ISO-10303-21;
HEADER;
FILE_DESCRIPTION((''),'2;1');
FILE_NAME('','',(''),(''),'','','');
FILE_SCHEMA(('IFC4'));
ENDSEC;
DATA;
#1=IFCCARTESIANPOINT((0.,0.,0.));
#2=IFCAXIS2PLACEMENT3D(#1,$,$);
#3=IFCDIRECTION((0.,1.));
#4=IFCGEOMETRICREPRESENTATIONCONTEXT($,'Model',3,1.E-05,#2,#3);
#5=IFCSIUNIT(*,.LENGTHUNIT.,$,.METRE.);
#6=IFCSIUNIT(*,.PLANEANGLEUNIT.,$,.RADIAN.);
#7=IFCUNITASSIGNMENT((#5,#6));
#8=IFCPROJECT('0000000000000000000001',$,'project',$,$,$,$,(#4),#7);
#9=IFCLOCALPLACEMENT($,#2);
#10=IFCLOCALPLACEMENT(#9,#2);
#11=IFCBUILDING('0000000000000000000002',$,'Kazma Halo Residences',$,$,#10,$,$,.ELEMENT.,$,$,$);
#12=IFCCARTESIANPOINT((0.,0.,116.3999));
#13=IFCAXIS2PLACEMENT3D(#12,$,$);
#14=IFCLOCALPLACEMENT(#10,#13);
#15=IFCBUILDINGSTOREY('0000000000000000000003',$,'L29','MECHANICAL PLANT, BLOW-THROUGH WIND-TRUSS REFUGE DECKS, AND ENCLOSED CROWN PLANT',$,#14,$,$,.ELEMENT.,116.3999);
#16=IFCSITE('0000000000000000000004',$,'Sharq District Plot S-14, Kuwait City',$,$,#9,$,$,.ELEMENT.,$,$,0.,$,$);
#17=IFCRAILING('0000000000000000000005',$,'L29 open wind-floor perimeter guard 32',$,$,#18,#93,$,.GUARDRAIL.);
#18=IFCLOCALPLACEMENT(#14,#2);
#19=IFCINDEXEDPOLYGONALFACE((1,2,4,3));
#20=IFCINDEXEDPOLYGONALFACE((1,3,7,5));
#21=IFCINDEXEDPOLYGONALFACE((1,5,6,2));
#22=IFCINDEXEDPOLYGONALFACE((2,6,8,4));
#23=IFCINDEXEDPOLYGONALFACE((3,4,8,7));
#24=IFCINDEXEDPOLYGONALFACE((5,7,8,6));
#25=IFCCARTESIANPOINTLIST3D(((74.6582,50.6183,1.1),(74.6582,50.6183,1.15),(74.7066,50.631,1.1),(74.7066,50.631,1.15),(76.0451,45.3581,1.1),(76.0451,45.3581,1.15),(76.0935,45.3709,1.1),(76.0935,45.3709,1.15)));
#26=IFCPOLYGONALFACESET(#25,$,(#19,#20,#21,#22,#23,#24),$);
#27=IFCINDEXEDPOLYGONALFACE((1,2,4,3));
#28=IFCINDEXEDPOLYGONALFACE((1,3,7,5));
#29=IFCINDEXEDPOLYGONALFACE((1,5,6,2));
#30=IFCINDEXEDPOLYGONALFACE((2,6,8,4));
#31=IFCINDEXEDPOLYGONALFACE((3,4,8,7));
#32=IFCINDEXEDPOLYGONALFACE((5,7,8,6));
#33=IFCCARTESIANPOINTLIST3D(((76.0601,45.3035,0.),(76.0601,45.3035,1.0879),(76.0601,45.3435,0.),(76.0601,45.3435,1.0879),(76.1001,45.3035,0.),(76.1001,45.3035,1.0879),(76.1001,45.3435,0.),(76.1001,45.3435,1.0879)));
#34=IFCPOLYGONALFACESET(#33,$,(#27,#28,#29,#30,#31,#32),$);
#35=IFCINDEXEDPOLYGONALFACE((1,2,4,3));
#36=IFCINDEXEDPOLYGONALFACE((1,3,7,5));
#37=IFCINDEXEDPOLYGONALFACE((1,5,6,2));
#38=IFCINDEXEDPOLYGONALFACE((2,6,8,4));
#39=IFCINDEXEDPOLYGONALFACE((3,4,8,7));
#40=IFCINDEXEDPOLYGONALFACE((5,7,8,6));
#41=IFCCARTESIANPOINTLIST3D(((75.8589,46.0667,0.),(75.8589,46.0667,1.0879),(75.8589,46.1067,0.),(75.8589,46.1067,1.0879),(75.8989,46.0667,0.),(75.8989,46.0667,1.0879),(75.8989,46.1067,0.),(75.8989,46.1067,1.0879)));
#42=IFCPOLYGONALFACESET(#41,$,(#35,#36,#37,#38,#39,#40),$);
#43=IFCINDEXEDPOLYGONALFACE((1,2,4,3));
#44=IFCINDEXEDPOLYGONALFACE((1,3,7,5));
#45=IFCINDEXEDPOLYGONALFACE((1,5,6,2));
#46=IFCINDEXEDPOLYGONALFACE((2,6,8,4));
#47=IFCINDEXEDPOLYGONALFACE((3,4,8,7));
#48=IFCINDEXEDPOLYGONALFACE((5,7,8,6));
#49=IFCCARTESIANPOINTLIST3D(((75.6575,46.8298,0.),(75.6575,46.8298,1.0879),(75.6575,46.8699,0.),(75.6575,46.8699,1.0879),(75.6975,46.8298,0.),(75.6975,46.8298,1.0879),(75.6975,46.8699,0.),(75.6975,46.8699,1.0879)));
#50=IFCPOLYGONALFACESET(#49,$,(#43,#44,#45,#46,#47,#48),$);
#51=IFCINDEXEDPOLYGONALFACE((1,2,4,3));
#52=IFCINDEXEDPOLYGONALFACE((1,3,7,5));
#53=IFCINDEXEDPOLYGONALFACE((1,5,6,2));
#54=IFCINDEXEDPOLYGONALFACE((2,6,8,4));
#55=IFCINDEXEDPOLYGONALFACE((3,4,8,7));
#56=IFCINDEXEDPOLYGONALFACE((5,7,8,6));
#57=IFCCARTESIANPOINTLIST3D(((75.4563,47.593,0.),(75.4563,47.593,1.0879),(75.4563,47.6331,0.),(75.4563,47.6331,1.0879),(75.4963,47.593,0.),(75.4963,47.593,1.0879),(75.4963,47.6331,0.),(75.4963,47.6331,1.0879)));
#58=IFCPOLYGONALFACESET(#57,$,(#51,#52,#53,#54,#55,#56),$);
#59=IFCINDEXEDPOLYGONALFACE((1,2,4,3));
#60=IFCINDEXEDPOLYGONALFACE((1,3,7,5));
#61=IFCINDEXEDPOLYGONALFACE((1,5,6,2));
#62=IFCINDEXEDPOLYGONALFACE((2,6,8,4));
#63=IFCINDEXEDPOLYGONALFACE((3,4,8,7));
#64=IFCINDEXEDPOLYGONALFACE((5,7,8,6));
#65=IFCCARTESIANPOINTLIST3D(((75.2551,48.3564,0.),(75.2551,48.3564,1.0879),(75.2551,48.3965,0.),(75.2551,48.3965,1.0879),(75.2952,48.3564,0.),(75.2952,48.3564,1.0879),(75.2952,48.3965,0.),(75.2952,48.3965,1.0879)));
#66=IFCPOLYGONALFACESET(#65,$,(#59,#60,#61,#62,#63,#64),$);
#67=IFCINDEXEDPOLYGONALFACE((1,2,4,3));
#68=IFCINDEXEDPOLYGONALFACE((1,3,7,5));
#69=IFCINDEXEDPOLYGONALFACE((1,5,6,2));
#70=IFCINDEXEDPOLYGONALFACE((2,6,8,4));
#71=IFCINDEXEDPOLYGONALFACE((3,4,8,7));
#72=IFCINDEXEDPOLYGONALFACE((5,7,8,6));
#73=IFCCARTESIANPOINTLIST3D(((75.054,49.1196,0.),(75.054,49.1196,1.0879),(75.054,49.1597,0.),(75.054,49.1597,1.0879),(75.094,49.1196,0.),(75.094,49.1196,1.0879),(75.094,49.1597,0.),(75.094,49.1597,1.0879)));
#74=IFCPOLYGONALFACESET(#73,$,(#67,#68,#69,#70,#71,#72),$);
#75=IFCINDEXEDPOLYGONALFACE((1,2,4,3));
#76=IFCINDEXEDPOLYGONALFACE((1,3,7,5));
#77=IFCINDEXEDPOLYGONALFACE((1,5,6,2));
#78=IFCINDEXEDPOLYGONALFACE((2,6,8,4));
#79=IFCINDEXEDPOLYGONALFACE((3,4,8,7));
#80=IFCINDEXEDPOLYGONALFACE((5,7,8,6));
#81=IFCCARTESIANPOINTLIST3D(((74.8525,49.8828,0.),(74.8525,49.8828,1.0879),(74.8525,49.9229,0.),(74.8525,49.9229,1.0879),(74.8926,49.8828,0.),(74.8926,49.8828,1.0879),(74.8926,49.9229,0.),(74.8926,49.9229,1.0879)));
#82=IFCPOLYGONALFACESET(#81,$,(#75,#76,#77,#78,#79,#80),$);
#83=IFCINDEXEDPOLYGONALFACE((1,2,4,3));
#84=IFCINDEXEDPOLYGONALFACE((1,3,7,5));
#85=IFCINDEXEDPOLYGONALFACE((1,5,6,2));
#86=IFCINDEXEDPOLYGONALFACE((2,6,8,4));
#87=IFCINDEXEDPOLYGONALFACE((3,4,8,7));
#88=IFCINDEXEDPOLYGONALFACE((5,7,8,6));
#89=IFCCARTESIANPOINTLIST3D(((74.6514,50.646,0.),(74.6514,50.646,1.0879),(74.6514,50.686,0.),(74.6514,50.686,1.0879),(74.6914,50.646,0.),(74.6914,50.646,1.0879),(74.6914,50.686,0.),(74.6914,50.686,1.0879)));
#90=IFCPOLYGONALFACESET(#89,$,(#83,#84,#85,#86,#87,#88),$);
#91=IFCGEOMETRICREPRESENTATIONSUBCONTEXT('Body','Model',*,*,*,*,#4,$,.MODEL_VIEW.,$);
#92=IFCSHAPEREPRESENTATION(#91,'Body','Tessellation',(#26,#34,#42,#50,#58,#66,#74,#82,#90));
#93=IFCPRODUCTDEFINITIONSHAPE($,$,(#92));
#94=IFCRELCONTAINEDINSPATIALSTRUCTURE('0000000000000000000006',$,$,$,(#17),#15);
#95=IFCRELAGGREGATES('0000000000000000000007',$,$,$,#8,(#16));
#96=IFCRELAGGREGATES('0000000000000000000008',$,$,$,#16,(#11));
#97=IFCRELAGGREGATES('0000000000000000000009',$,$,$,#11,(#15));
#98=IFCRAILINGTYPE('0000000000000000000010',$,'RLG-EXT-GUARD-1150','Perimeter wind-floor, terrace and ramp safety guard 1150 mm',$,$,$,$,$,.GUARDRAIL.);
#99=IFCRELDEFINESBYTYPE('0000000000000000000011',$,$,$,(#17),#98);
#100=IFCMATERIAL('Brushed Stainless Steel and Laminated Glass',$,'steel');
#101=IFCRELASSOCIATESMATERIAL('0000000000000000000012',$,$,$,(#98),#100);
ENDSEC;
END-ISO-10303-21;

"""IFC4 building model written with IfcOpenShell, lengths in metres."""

from ifc_helpers import new_model, si_unit, direction, frame, origin, origin_2d, place, context, subcontext, project, spatial, rectangle, extrude, material, type_object, element, save


model = new_model("IFC4")

# Units and contexts
model_context = context("Model", 3, precision=1e-05, world=origin(), true_north=direction((0.0, 1.0)))
body_context = subcontext(model_context, "Body", "Model", "MODEL_VIEW")
ifc_project = project(units=[si_unit("LENGTHUNIT", "METRE"), si_unit("PLANEANGLEUNIT", "RADIAN")], contexts=[model_context])

# Site, building, storey
site_placement = place(None, origin())
site = spatial("IfcSite", under=ifc_project, at=site_placement, Name="Sharq District Plot S-14, Kuwait City", CompositionType="ELEMENT", RefElevation=0.0)
building_placement = place(site_placement, origin())
building = spatial("IfcBuilding", under=site, at=building_placement, Name="Kazma Halo Residences", CompositionType="ELEMENT")
storey_placement = place(building_placement, frame((0.0, 0.0, 116.3999)))
storey = spatial("IfcBuildingStorey", under=building, at=storey_placement, Name="L29", Description="MECHANICAL PLANT, BLOW-THROUGH WIND-TRUSS REFUGE DECKS, AND ENCLOSED CROWN PLANT", CompositionType="ELEMENT", Elevation=116.3999)

# Railing
ifc_material_1 = material(Name="Brushed Stainless Steel and Laminated Glass", Category="steel")
railing_type = type_object("IfcRailingType", Name="RLG-EXT-GUARD-1150", Description="Perimeter wind-floor, terrace and ramp safety guard 1150 mm", PredefinedType="GUARDRAIL", material=ifc_material_1)
railing_1_placement = place(storey_placement, frame((76.0801, 45.3235, 0.0)))
element("IfcRailing", 1, at=railing_1_placement, inside=storey, type_object=railing_type, Name="L29 open wind-floor perimeter guard 32", PredefinedType="GUARDRAIL", context=body_context, shape_type="SweptSolid", body=[
    extrude(rectangle(XDim=0.05, YDim=0.05, at=origin_2d()), frame((-0.0107, 0.041, 1.125), z_axis=(-0.254961, 0.966951, 0.0), x_axis=(-0.966951, -0.254961, 0.0)), (0.0, 0.0, 1.0), 5.4399),
    extrude(rectangle(XDim=0.04, YDim=0.04, at=origin_2d()), origin(), (0.0, 0.0, 1.0), 1.0879),
    extrude(rectangle(XDim=0.04, YDim=0.04, at=origin_2d()), frame((-0.2012, 0.7632, 0.0)), (0.0, 0.0, 1.0), 1.0879),
    extrude(rectangle(XDim=0.04, YDim=0.04, at=origin_2d()), frame((-0.4026, 1.5264, 0.0)), (0.0, 0.0, 1.0), 1.0879),
    extrude(rectangle(XDim=0.04, YDim=0.04, at=origin_2d()), frame((-0.6038, 2.2896, 0.0)), (0.0, 0.0, 1.0), 1.0879),
    extrude(rectangle(XDim=0.04, YDim=0.04, at=origin_2d()), frame((-0.8049, 3.053, 0.0)), (0.0, 0.0, 1.0), 1.0879),
    extrude(rectangle(XDim=0.04, YDim=0.04, at=origin_2d()), frame((-1.0061, 3.8162, 0.0)), (0.0, 0.0, 1.0), 1.0879),
    extrude(rectangle(XDim=0.04, YDim=0.04, at=origin_2d()), frame((-1.2075, 4.5793, 0.0)), (0.0, 0.0, 1.0), 1.0879),
    extrude(rectangle(XDim=0.04, YDim=0.04, at=origin_2d()), frame((-1.4087, 5.3425, 0.0)), (0.0, 0.0, 1.0), 1.0879),
])

save(model, "model.ifc")
